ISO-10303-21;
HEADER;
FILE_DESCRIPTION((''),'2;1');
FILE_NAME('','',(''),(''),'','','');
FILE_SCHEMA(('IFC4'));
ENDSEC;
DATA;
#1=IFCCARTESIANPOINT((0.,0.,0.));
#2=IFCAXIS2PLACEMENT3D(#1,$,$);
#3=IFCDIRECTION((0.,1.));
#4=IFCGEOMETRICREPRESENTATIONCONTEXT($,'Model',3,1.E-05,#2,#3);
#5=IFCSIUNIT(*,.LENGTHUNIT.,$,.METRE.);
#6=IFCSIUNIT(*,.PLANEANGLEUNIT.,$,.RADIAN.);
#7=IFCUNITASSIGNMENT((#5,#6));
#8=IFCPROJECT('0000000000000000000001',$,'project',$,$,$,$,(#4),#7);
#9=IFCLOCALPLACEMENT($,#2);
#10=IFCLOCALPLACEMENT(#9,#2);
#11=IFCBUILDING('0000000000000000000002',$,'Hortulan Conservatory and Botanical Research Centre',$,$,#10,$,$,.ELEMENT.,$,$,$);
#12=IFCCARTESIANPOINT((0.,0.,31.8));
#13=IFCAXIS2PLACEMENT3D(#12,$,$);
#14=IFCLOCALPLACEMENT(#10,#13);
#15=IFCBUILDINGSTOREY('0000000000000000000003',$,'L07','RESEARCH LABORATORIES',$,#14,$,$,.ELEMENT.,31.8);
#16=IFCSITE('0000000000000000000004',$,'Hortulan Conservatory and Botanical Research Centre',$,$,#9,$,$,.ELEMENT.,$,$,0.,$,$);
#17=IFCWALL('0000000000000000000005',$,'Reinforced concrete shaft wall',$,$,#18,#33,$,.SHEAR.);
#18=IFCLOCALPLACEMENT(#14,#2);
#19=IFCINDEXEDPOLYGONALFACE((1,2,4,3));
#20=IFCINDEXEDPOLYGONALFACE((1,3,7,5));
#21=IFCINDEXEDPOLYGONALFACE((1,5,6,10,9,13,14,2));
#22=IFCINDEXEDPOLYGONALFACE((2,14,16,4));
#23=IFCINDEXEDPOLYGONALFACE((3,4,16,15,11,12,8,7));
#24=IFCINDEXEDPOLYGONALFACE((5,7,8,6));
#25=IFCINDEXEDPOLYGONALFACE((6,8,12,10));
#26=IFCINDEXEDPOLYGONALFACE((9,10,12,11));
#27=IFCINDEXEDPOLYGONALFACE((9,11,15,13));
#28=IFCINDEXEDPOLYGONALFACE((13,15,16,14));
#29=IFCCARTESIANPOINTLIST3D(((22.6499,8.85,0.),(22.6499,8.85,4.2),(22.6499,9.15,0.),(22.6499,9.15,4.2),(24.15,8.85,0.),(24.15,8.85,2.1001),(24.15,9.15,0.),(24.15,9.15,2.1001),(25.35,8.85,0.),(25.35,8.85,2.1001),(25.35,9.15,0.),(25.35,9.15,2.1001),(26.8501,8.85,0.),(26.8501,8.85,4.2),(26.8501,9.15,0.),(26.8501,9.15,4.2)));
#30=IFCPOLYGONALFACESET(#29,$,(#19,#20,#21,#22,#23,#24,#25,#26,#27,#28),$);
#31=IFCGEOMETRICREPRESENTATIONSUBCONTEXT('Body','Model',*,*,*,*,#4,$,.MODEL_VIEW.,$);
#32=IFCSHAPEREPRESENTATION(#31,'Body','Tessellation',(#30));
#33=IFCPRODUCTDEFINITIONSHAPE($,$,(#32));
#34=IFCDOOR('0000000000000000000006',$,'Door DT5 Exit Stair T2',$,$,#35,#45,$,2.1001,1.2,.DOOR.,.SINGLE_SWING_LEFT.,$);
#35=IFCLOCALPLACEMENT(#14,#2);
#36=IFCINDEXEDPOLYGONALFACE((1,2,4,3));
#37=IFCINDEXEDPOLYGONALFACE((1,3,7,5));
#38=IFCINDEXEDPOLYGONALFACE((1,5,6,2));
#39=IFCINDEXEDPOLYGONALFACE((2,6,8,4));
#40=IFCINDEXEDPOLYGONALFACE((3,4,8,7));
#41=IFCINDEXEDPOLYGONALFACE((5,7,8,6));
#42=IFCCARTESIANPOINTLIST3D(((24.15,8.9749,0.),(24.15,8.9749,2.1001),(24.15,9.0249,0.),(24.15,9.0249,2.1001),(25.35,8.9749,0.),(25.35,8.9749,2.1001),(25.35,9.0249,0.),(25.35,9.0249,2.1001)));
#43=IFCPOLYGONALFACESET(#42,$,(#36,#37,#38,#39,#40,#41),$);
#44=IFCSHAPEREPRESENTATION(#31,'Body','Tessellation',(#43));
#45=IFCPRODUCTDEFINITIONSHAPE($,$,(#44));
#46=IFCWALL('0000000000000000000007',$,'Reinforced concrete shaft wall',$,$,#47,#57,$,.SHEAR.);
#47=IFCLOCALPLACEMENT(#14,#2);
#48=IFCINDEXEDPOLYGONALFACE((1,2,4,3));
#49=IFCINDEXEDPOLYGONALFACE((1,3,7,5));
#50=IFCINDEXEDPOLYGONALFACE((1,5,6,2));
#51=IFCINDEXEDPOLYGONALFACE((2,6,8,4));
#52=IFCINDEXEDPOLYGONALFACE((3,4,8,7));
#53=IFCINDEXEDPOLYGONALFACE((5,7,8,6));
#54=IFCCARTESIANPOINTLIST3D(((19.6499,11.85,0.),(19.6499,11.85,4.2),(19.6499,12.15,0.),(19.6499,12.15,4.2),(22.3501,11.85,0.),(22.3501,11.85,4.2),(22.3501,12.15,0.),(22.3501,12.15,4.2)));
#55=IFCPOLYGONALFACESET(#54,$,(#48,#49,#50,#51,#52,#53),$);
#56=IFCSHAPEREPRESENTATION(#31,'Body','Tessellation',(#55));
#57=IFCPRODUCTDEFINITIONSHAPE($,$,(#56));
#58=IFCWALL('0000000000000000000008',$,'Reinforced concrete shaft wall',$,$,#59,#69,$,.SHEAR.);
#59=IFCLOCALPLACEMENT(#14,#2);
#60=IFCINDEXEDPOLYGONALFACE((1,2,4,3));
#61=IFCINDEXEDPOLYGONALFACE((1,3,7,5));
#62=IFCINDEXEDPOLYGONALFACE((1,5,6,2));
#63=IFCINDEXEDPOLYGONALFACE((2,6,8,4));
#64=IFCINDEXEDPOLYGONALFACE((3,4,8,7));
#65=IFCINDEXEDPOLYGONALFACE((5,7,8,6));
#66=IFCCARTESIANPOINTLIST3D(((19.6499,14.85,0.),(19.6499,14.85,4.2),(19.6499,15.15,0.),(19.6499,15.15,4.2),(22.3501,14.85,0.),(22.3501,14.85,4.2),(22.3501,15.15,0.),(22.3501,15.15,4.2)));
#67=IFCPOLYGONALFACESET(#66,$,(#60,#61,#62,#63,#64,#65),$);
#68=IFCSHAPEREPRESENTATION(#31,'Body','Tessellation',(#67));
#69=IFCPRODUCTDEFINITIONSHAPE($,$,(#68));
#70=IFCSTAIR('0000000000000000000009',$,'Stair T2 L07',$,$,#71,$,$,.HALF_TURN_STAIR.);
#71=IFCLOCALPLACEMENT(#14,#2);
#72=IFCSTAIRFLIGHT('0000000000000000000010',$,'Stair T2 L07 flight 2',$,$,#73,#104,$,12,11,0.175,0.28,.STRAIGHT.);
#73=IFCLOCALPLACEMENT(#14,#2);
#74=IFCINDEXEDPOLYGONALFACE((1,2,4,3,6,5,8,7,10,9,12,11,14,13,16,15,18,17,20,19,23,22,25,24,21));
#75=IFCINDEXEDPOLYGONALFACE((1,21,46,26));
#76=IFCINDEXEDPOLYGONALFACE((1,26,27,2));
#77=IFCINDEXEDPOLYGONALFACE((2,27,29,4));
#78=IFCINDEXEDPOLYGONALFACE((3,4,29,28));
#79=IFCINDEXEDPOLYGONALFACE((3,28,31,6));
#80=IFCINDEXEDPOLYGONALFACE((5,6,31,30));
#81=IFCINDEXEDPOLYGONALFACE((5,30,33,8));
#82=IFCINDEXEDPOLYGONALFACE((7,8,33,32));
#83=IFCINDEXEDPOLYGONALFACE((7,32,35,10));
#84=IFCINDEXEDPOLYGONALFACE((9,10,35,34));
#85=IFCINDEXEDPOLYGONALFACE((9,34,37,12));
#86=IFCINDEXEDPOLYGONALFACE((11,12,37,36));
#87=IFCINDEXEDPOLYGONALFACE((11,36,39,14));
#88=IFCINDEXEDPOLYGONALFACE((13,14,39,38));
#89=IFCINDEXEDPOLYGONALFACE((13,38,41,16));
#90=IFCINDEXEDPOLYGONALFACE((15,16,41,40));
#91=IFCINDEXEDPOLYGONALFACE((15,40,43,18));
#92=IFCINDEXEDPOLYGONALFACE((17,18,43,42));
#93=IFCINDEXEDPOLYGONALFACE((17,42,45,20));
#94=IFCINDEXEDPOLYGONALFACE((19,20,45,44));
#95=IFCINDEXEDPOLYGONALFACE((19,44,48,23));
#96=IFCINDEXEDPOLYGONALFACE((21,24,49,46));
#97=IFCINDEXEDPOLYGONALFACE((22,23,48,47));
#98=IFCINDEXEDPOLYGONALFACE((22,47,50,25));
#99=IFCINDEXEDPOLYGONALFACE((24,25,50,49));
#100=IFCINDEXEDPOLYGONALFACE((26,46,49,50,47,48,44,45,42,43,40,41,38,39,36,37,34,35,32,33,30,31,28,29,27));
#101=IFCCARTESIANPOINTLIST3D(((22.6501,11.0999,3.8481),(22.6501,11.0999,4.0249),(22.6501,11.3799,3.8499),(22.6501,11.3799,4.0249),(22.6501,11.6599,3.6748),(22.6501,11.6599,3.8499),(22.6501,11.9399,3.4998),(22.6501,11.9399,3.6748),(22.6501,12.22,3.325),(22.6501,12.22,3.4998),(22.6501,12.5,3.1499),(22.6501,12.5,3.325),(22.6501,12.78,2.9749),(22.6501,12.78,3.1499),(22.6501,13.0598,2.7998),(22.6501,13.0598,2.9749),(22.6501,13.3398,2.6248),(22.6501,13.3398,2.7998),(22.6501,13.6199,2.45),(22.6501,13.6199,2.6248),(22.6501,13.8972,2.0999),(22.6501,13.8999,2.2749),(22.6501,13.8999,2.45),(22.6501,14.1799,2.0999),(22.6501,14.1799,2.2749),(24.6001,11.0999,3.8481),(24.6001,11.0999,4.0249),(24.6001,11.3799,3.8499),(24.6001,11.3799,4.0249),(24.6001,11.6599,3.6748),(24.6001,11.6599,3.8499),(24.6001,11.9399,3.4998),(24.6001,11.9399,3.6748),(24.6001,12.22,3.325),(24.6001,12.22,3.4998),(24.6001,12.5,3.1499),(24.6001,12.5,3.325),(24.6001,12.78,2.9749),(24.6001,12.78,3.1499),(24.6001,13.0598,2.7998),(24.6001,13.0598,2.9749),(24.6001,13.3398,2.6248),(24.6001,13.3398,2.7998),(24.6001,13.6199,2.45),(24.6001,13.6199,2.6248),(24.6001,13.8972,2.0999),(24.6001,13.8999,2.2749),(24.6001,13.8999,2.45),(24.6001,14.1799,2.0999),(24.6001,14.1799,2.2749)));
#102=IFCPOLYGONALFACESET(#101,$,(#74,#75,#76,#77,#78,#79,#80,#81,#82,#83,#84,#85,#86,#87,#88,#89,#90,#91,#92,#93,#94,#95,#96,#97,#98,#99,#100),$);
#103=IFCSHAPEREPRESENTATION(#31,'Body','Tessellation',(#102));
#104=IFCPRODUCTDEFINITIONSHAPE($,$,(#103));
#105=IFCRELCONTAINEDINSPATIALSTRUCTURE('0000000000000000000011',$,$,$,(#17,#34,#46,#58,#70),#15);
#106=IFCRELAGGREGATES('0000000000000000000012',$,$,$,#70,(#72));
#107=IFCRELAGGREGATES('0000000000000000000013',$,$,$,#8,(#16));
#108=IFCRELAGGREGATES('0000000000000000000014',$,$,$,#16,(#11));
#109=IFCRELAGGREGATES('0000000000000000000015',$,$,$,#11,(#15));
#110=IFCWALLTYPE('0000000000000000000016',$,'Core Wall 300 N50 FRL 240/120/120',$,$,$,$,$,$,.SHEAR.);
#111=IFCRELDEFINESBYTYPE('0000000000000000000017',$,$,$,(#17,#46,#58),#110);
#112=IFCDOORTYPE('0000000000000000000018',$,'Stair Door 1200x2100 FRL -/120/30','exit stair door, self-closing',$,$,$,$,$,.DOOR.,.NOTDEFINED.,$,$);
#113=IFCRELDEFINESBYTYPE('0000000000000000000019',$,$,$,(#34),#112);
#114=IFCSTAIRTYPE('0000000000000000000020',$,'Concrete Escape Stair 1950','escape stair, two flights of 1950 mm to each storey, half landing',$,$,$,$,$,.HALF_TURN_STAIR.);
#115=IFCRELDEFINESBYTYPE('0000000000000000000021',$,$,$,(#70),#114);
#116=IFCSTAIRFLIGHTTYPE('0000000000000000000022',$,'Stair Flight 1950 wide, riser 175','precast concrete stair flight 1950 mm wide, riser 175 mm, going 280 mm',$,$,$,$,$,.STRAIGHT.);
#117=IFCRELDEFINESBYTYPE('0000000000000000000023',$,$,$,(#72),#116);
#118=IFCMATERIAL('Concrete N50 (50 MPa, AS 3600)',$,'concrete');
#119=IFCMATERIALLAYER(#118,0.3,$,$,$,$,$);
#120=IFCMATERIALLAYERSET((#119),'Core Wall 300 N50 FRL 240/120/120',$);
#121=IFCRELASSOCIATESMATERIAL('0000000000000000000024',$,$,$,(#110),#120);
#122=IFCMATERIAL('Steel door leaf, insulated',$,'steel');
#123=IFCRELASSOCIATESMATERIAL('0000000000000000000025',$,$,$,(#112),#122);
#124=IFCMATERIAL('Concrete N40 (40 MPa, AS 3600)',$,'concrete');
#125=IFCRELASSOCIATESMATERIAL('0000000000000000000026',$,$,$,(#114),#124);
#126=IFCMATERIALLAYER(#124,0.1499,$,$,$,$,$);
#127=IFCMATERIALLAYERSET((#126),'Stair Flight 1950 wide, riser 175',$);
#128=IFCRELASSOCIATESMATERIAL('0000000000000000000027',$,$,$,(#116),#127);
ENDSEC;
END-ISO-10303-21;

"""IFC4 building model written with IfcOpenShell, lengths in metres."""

from ifc_helpers import new_model, si_unit, direction, frame, frame_2d, origin, place, context, subcontext, project, spatial, polyline, rectangle, outline, extrude, material, layer, layer_set, type_object, element, fill, aggregate, save


model = new_model("IFC4")

# Units and contexts
model_context = context("Model", 3, precision=1e-05, world=origin(), true_north=direction((0.0, 1.0)))
body_context = subcontext(model_context, "Body", "Model", "MODEL_VIEW")
ifc_project = project(units=[si_unit("LENGTHUNIT", "METRE"), si_unit("PLANEANGLEUNIT", "RADIAN")], contexts=[model_context])

# Site, building, storey
site_placement = place(None, origin())
site = spatial("IfcSite", under=ifc_project, at=site_placement, Name="Hortulan Conservatory and Botanical Research Centre", CompositionType="ELEMENT", RefElevation=0.0)
building_placement = place(site_placement, origin())
building = spatial("IfcBuilding", under=site, at=building_placement, Name="Hortulan Conservatory and Botanical Research Centre", CompositionType="ELEMENT")
storey_placement = place(building_placement, frame((0.0, 0.0, 31.8)))
storey = spatial("IfcBuildingStorey", under=building, at=storey_placement, Name="L07", Description="RESEARCH LABORATORIES", CompositionType="ELEMENT", Elevation=31.8)

# Shared definitions
ifc_material_1 = material(Name="Concrete N50 (50 MPa, AS 3600)", Category="concrete")
ifc_layer_1 = layer(ifc_material_1, 0.3)
ifc_layer_set_1 = layer_set([ifc_layer_1], Name="Core Wall 300 N50 FRL 240/120/120")
wall_type = type_object("IfcWallType", Name="Core Wall 300 N50 FRL 240/120/120", PredefinedType="SHEAR", material=ifc_layer_set_1)

# Wall, opening, door
wall_1_placement = place(storey_placement, frame((22.6499, 9.0, 0.0), z_axis=(0.0, 0.0, 1.0), x_axis=(1.0, 0.0, 0.0)))
wall_1 = element("IfcWall", 1, at=wall_1_placement, inside=storey, type_object=wall_type, Name="Reinforced concrete shaft wall", PredefinedType="SHEAR", context=body_context, shape_type="SweptSolid", body=[
    extrude(rectangle(XDim=4.2002, YDim=0.3, at=frame_2d((2.1001, 0.0))), origin(), (0.0, 0.0, 1.0), 4.2),
])
opening_1_placement = place(wall_1_placement, frame((1.5, 0.0, 0.0)))
opening_1 = element("IfcOpeningElement", 2, at=opening_1_placement, cuts=wall_1, PredefinedType="OPENING", context=body_context, shape_type="SweptSolid", body=[
    extrude(rectangle(XDim=1.2, YDim=2.1001, at=frame_2d((0.6001, 1.05))), frame((0.0, 0.1599, 0.0), z_axis=(0.0, -1.0, 0.0), x_axis=(1.0, 0.0, 0.0)), (0.0, 0.0, 1.0), 0.3201),
])
ifc_material_2 = material(Name="Steel door leaf, insulated", Category="steel")
door_type_1 = type_object("IfcDoorType", Name="Stair Door 1200x2100 FRL -/120/30", Description="exit stair door, self-closing", OperationType="NOTDEFINED", PredefinedType="DOOR", material=ifc_material_2)
door_1_placement = place(opening_1_placement, origin())
door_1 = element("IfcDoor", 3, at=door_1_placement, inside=storey, type_object=door_type_1, Name="Door DT5 Exit Stair T2", OperationType="SINGLE_SWING_LEFT", OverallHeight=2.1001, OverallWidth=1.2, PredefinedType="DOOR", context=body_context, shape_type="SweptSolid", body=[
    extrude(rectangle(XDim=1.2, YDim=2.1001, at=frame_2d((0.6001, 1.05))), frame((0.0, 0.0249, 0.0), z_axis=(0.0, -1.0, 0.0), x_axis=(1.0, 0.0, 0.0)), (0.0, 0.0, 1.0), 0.05),
])
fill(opening_1, door_1)

# Walls
for number, where, z_axis, x_axis, name in (
    (4, (19.6499, 12.0, 0.0), (0.0, 0.0, 1.0), (1.0, 0.0, 0.0), "Reinforced concrete shaft wall"),
    (5, (19.6499, 15.0, 0.0), (0.0, 0.0, 1.0), (1.0, 0.0, 0.0), "Reinforced concrete shaft wall"),
):
    element("IfcWall", number, at=place(storey_placement, frame(where, z_axis=z_axis, x_axis=x_axis)), inside=storey, type_object=wall_type, Name=name, PredefinedType="SHEAR", context=body_context, shape_type="SweptSolid", body=[
        extrude(rectangle(XDim=2.7002, YDim=0.3, at=frame_2d((1.3501, 0.0))), origin(), (0.0, 0.0, 1.0), 4.2),
    ])

# Stair, stair flight
ifc_material_3 = material(Name="Concrete N40 (40 MPa, AS 3600)", Category="concrete")
stair_type = type_object("IfcStairType", Name="Concrete Escape Stair 1950", Description="escape stair, two flights of 1950 mm to each storey, half landing", PredefinedType="HALF_TURN_STAIR", material=ifc_material_3)
stair_placement = place(storey_placement, origin())
stair = element("IfcStair", 6, at=stair_placement, inside=storey, type_object=stair_type, Name="Stair T2 L07", PredefinedType="HALF_TURN_STAIR")
ifc_layer_2 = layer(ifc_material_3, 0.1499)
ifc_layer_set_2 = layer_set([ifc_layer_2], Name="Stair Flight 1950 wide, riser 175")
stair_flight_type = type_object("IfcStairFlightType", Name="Stair Flight 1950 wide, riser 175", Description="precast concrete stair flight 1950 mm wide, riser 175 mm, going 280 mm", PredefinedType="STRAIGHT", material=ifc_layer_set_2)
stair_flight_placement = place(storey_placement, frame((23.625, 14.1799, 2.0999), z_axis=(0.0, 0.0, 1.0), x_axis=(0.0, -1.0, 0.0)))
stair_flight = element("IfcStairFlight", 7, at=stair_flight_placement, type_object=stair_flight_type, Name="Stair T2 L07 flight 2", NumberOfRisers=12, NumberOfTreads=11, PredefinedType="STRAIGHT", RiserHeight=0.175, TreadLength=0.28, context=body_context, shape_type="SweptSolid", body=[
    extrude(outline(polyline([(0.0, 0.0), (0.0, 0.175), (0.28, 0.175), (0.28, 0.3501), (0.5601, 0.3501), (0.5601, 0.5249), (0.8401, 0.5249), (0.8401, 0.7), (1.1201, 0.7), (1.1201, 0.875), (1.3999, 0.875), (1.3999, 1.05), (1.6799, 1.05), (1.6799, 1.2251), (1.96, 1.2251), (1.96, 1.3999), (2.24, 1.3999), (2.24, 1.575), (2.52, 1.575), (2.52, 1.75), (2.8, 1.75), (2.8, 1.925), (3.0801, 1.925), (3.0801, 2.1001), (3.0801, 1.7483), (0.2827, 0.0), (0.0, 0.0)])), frame((0.0, 0.9751, 0.0), z_axis=(0.0, -1.0, 0.0), x_axis=(1.0, 0.0, 0.0)), (0.0, 0.0, 1.0), 1.95),
])
aggregate(stair, [stair_flight])

save(model, "model.ifc")
